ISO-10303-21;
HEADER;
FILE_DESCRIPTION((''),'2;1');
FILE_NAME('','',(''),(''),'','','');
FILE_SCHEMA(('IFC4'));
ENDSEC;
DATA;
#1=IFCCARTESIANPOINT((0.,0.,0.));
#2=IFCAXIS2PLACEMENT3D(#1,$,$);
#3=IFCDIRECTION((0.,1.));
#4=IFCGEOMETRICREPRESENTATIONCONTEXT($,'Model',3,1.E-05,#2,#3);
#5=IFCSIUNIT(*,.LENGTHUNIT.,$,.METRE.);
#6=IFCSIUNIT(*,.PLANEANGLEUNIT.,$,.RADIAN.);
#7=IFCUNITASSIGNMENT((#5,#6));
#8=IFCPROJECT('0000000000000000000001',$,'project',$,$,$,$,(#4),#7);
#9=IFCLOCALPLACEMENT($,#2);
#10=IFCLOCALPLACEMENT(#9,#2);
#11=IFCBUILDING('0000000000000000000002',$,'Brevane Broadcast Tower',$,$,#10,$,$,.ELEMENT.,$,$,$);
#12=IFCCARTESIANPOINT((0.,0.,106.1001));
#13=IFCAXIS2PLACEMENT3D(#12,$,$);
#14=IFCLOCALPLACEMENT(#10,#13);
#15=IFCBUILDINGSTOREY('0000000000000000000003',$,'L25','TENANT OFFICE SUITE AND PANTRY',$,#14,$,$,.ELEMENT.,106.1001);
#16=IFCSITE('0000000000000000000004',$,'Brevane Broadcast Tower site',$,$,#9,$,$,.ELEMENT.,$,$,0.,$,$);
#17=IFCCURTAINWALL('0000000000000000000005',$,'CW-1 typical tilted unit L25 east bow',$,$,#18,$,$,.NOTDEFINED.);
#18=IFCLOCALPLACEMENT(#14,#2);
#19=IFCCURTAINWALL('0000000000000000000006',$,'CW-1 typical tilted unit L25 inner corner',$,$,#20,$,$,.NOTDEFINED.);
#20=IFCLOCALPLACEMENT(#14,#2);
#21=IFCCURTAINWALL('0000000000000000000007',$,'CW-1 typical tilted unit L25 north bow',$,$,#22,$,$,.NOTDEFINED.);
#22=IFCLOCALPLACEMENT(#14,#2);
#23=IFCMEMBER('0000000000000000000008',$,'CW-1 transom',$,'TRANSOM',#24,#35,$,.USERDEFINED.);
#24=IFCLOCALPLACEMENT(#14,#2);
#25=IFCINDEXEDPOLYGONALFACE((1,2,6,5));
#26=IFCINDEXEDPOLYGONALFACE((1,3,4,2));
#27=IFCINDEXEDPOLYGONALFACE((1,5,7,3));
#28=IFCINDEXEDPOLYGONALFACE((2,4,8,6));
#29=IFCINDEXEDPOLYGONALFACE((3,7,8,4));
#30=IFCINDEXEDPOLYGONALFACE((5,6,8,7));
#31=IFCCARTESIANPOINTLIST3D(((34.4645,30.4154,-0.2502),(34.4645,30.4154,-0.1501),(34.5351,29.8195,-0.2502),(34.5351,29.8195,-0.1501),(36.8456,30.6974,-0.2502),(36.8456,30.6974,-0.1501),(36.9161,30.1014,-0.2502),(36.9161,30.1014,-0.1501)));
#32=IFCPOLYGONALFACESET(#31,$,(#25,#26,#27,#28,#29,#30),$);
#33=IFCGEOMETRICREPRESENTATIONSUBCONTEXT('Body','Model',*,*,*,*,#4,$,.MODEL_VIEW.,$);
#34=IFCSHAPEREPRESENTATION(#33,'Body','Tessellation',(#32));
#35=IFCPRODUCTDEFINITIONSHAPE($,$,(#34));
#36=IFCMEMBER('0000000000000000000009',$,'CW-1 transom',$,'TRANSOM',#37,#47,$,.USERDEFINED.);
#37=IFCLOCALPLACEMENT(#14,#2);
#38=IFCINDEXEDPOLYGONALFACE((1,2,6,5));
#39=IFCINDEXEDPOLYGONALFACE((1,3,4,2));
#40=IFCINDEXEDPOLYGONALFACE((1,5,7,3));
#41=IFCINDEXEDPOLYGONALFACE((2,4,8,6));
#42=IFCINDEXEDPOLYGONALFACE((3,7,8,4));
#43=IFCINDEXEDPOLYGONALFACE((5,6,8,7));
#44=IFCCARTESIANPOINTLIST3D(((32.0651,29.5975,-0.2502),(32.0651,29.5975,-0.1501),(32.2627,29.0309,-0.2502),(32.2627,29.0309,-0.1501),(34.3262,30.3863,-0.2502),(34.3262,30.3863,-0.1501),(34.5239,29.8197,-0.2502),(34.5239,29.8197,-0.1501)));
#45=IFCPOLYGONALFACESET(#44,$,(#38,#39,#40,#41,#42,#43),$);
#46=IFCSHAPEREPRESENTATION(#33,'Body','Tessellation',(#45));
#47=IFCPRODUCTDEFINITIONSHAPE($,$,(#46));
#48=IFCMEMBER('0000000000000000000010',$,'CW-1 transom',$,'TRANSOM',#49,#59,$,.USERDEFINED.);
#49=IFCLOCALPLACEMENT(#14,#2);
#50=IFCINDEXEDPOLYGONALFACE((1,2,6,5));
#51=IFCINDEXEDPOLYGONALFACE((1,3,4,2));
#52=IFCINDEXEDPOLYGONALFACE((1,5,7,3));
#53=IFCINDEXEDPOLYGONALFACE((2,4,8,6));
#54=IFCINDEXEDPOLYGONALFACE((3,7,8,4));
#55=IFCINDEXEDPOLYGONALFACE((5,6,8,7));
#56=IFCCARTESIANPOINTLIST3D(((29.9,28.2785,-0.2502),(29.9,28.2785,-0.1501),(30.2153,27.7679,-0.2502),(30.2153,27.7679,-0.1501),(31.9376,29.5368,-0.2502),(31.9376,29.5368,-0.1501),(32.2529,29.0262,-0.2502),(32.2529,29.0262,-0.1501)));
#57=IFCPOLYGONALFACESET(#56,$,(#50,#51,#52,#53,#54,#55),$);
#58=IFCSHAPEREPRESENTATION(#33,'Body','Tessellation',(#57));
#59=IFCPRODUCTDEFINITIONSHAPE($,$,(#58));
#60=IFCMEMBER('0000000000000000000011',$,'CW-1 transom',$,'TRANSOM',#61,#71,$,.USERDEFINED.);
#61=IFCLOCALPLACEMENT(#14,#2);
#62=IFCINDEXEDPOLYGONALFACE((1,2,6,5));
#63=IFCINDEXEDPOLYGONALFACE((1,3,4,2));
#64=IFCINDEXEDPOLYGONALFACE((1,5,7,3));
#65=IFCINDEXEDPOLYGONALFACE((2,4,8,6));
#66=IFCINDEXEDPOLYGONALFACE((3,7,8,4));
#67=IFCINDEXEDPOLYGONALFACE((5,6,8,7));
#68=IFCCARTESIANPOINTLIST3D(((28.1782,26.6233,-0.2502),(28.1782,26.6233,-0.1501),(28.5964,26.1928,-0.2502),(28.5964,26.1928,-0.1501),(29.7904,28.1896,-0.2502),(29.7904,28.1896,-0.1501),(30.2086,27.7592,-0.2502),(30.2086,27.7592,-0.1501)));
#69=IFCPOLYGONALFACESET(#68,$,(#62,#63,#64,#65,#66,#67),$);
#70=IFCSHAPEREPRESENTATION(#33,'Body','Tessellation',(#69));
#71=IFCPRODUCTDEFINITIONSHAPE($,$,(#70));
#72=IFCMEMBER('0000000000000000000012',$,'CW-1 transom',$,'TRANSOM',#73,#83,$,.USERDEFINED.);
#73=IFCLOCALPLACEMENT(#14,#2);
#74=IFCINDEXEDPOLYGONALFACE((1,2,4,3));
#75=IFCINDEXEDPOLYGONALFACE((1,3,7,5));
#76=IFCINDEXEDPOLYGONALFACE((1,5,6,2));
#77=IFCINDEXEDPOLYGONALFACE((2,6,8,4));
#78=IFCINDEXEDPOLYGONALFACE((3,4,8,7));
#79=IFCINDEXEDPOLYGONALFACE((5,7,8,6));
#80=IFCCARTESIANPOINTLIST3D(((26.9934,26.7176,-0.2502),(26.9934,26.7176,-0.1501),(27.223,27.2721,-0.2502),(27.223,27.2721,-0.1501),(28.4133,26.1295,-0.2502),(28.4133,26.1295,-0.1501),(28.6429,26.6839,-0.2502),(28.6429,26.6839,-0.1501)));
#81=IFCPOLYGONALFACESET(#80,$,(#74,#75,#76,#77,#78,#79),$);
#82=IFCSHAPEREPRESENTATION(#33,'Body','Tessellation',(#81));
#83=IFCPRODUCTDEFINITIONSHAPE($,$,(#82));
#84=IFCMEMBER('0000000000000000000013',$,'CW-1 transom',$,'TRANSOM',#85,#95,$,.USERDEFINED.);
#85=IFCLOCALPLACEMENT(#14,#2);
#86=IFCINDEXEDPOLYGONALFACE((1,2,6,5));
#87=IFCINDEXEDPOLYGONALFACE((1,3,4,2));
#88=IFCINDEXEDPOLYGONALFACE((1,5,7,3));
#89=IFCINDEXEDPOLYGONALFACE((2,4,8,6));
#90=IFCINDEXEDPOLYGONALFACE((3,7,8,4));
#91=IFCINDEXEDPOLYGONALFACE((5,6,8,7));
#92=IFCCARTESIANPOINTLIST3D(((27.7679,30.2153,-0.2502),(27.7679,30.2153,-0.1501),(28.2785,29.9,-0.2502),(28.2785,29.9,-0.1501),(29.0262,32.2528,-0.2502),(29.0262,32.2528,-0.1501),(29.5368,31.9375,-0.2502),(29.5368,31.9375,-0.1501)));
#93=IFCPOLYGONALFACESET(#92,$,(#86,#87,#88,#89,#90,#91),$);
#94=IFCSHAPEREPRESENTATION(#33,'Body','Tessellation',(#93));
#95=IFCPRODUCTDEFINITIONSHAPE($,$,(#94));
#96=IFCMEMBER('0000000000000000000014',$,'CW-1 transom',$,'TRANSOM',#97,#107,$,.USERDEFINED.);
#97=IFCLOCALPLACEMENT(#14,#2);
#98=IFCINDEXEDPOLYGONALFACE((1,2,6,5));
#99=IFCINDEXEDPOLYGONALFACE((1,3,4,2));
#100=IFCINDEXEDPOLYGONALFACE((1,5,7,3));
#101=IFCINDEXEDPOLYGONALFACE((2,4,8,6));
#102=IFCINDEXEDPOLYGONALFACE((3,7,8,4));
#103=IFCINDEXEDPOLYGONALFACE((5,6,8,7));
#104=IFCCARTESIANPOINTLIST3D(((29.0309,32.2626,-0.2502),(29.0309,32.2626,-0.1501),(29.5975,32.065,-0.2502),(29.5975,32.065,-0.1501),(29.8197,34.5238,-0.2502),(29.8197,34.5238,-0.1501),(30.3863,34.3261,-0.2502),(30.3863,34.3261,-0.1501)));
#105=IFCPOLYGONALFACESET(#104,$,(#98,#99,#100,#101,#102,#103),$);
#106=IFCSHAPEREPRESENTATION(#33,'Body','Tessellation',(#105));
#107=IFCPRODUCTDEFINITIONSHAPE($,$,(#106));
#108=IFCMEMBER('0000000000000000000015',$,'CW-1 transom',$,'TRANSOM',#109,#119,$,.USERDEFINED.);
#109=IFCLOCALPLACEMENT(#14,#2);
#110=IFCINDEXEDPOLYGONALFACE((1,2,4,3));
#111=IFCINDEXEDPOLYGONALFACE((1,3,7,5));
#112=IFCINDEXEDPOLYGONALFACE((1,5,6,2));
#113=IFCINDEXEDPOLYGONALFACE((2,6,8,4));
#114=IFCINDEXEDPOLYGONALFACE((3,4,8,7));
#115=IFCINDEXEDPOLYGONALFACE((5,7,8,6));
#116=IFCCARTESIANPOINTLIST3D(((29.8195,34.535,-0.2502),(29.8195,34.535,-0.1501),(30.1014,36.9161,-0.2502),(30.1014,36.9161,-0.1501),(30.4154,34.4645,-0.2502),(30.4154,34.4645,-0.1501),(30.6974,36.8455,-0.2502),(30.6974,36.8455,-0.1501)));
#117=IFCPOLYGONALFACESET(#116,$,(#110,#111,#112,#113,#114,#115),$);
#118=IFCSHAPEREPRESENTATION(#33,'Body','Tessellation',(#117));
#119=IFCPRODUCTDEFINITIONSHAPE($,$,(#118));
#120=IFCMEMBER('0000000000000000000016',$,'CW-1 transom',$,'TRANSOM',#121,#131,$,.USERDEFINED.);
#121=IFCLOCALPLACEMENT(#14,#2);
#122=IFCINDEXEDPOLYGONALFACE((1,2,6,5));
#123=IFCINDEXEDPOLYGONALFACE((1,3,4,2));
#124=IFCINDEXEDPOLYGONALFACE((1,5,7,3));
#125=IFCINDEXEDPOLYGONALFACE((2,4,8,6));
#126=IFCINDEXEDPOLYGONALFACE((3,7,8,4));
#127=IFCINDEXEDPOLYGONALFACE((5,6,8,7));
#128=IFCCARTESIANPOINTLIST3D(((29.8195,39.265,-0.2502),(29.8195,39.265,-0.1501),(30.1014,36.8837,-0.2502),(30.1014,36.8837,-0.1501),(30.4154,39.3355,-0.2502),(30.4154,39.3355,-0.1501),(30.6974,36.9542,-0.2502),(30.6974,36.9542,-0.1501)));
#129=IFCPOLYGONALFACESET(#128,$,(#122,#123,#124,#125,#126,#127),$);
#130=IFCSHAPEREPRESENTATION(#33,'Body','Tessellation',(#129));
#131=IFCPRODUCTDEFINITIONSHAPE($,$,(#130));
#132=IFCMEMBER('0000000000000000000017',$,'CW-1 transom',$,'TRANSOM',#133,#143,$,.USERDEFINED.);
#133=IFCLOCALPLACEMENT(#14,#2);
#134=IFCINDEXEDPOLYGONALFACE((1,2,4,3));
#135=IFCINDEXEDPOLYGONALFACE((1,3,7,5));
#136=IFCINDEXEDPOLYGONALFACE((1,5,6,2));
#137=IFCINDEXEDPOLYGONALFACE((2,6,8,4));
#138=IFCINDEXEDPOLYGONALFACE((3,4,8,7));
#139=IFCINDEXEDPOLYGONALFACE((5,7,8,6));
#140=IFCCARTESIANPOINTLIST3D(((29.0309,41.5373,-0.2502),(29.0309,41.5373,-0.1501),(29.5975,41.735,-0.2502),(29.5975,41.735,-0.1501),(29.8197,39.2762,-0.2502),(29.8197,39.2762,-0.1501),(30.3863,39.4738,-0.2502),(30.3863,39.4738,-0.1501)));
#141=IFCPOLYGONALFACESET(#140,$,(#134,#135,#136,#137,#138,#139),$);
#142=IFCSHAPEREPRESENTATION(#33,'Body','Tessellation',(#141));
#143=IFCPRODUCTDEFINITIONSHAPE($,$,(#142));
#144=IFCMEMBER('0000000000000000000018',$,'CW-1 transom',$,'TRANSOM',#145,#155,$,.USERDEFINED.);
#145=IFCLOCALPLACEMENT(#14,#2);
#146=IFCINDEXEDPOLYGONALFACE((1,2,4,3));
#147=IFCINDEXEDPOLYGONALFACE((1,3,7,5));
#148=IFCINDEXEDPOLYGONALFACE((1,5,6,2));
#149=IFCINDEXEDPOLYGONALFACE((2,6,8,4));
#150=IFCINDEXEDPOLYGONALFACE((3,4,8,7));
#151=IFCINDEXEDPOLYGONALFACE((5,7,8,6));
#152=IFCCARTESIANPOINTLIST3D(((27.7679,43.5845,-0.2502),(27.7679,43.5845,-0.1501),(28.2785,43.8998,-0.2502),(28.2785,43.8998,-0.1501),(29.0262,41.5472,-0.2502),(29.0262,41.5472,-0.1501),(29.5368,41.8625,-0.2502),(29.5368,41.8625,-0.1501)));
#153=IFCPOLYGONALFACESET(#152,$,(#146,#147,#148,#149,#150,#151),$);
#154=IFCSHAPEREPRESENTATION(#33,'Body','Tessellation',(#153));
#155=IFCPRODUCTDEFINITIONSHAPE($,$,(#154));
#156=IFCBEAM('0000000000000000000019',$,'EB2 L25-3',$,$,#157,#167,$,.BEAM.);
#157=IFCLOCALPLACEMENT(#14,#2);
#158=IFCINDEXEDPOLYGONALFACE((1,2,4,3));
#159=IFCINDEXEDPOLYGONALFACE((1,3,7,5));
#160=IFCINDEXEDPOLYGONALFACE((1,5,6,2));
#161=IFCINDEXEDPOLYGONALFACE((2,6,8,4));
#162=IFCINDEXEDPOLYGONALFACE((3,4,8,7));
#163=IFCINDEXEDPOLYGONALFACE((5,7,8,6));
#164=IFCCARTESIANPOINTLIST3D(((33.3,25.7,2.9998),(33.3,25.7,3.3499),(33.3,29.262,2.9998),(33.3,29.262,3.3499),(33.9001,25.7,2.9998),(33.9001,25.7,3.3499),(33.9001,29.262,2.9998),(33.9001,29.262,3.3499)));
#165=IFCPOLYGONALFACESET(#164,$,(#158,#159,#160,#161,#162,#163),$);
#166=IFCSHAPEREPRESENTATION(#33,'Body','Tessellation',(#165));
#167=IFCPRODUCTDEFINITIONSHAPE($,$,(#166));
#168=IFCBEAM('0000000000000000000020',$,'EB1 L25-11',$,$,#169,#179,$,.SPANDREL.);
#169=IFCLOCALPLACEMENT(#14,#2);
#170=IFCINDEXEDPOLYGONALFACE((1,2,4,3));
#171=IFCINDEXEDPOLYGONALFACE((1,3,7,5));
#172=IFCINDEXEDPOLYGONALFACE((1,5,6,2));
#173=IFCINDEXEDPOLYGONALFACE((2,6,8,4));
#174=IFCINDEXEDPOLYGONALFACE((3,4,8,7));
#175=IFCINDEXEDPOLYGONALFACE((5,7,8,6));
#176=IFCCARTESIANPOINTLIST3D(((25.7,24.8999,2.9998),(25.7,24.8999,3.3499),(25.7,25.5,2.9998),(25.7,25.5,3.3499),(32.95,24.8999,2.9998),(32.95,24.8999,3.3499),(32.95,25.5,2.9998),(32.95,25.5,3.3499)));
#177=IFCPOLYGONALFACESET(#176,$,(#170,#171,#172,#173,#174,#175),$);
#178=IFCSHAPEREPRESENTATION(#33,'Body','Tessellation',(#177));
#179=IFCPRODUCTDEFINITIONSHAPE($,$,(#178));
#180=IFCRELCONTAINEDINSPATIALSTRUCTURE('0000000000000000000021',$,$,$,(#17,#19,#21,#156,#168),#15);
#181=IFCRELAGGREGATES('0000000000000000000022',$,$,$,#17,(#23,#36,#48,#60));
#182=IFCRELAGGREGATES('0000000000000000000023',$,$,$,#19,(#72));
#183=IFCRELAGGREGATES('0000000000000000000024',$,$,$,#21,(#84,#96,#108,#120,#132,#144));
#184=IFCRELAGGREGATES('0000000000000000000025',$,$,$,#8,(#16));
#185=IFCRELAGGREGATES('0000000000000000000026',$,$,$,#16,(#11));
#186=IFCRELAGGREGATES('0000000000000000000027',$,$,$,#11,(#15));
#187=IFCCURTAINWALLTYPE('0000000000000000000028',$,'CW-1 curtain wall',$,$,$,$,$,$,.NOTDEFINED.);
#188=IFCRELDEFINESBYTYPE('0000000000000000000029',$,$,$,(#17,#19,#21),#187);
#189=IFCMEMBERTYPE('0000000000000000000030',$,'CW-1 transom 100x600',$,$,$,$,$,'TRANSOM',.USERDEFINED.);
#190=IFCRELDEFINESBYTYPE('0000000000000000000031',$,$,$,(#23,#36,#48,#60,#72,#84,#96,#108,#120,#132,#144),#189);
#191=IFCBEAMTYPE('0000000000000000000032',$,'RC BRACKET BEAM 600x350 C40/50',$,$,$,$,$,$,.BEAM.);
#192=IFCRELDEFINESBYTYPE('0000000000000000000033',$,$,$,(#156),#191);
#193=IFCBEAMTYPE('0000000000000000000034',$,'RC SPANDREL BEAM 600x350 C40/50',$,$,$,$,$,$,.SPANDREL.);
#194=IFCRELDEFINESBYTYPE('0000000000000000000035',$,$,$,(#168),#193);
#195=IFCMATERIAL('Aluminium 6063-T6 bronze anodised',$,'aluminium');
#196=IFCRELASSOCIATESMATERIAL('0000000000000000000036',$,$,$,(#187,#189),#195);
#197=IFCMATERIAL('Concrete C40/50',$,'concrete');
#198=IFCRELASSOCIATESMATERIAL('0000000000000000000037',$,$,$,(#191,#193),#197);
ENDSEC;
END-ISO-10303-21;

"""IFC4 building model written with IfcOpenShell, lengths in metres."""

from ifc_helpers import new_model, si_unit, direction, frame, origin, origin_2d, place, context, subcontext, project, spatial, rectangle, extrude, material, material_profile, profile_set, type_object, element, aggregate, save


model = new_model("IFC4")

# Units and contexts
model_context = context("Model", 3, precision=1e-05, world=origin(), true_north=direction((0.0, 1.0)))
body_context = subcontext(model_context, "Body", "Model", "MODEL_VIEW")
ifc_project = project(units=[si_unit("LENGTHUNIT", "METRE"), si_unit("PLANEANGLEUNIT", "RADIAN")], contexts=[model_context])

# Site, building, storey
site_placement = place(None, origin())
site = spatial("IfcSite", under=ifc_project, at=site_placement, Name="Brevane Broadcast Tower site", CompositionType="ELEMENT", RefElevation=0.0)
building_placement = place(site_placement, origin())
building = spatial("IfcBuilding", under=site, at=building_placement, Name="Brevane Broadcast Tower", CompositionType="ELEMENT")
storey_placement = place(building_placement, frame((0.0, 0.0, 106.1001)))
storey = spatial("IfcBuildingStorey", under=building, at=storey_placement, Name="L25", Description="TENANT OFFICE SUITE AND PANTRY", CompositionType="ELEMENT", Elevation=106.1001)

# Curtain wall
ifc_material_1 = material(Name="Aluminium 6063-T6 bronze anodised", Category="aluminium")
curtain_wall_type = type_object("IfcCurtainWallType", Name="CW-1 curtain wall", PredefinedType="NOTDEFINED", material=ifc_material_1)
curtain_wall_1_placement = place(storey_placement, origin())
curtain_wall_1 = element("IfcCurtainWall", 1, at=curtain_wall_1_placement, inside=storey, type_object=curtain_wall_type, Name="CW-1 typical tilted unit L25 east bow", PredefinedType="NOTDEFINED")

# Curtain wall
curtain_wall_2_placement = place(storey_placement, origin())
curtain_wall_2 = element("IfcCurtainWall", 2, at=curtain_wall_2_placement, inside=storey, type_object=curtain_wall_type, Name="CW-1 typical tilted unit L25 inner corner", PredefinedType="NOTDEFINED")

# Curtain wall
curtain_wall_3_placement = place(storey_placement, origin())
curtain_wall_3 = element("IfcCurtainWall", 3, at=curtain_wall_3_placement, inside=storey, type_object=curtain_wall_type, Name="CW-1 typical tilted unit L25 north bow", PredefinedType="NOTDEFINED")

# Members
ifc_material_profile_1 = material_profile(ifc_material_1, rectangle(XDim=0.6001, YDim=0.1001, at=origin_2d()), Name="RECT 100x600")
ifc_profile_set_1 = profile_set([ifc_material_profile_1], Name="Aluminium 6063-T6 bronze anodised")
member_type_1 = type_object("IfcMemberType", Name="CW-1 transom 100x600", ElementType="TRANSOM", PredefinedType="USERDEFINED", material=ifc_profile_set_1)
member_1_placement = place(storey_placement, frame((36.8809, 30.3994, -0.2002), z_axis=(-0.993061, -0.117603, 0.0), x_axis=(0.117603, -0.993061, 0.0)))
member_1 = element("IfcMember", 4, at=member_1_placement, type_object=member_type_1, Name="CW-1 transom", ObjectType="TRANSOM", PredefinedType="USERDEFINED", context=body_context, shape_type="SweptSolid", body=[
    extrude(rectangle(XDim=0.6001, YDim=0.1001, at=origin_2d()), origin(), (0.0, 0.0, 1.0), 2.3977),
])
member_2_placement = place(storey_placement, frame((34.425, 30.103, -0.2002), z_axis=(-0.944198, -0.329378, 0.0), x_axis=(0.329378, -0.944198, 0.0)))
member_2 = element("IfcMember", 5, at=member_2_placement, type_object=member_type_1, Name="CW-1 transom", ObjectType="TRANSOM", PredefinedType="USERDEFINED", context=body_context, shape_type="SweptSolid", body=[
    extrude(rectangle(XDim=0.6001, YDim=0.1001, at=origin_2d()), origin(), (0.0, 0.0, 1.0), 2.3948),
])
member_3_placement = place(storey_placement, frame((32.0952, 29.2815, -0.2002), z_axis=(-0.850838, -0.525428, 0.0), x_axis=(0.525428, -0.850838, 0.0)))
member_3 = element("IfcMember", 6, at=member_3_placement, type_object=member_type_1, Name="CW-1 transom", ObjectType="TRANSOM", PredefinedType="USERDEFINED", context=body_context, shape_type="SweptSolid", body=[
    extrude(rectangle(XDim=0.6001, YDim=0.1001, at=origin_2d()), origin(), (0.0, 0.0, 1.0), 2.3948),
])
member_4_placement = place(storey_placement, frame((29.9995, 27.9744, -0.2002), z_axis=(-0.717242, -0.696824, 0.0), x_axis=(0.696824, -0.717242, 0.0)))
member_4 = element("IfcMember", 7, at=member_4_placement, type_object=member_type_1, Name="CW-1 transom", ObjectType="TRANSOM", PredefinedType="USERDEFINED", context=body_context, shape_type="SweptSolid", body=[
    extrude(rectangle(XDim=0.6001, YDim=0.1001, at=origin_2d()), origin(), (0.0, 0.0, 1.0), 2.2478),
])
aggregate(curtain_wall_1, [member_1, member_2, member_3, member_4])
member_5_placement = place(storey_placement, frame((28.5281, 26.4067, -0.2002), z_axis=(-0.923883, 0.382674, 0.0), x_axis=(-0.382674, -0.923883, 0.0)))
member_5 = element("IfcMember", 8, at=member_5_placement, type_object=member_type_1, Name="CW-1 transom", ObjectType="TRANSOM", PredefinedType="USERDEFINED", context=body_context, shape_type="SweptSolid", body=[
    extrude(rectangle(XDim=0.6001, YDim=0.1001, at=origin_2d()), origin(), (0.0, 0.0, 1.0), 1.5369),
])
aggregate(curtain_wall_2, [member_5])
member_6_placement = place(storey_placement, frame((28.0232, 30.0576, -0.2002), z_axis=(0.525428, 0.850838, 0.0), x_axis=(-0.850838, 0.525428, 0.0)))
member_6 = element("IfcMember", 9, at=member_6_placement, type_object=member_type_1, Name="CW-1 transom", ObjectType="TRANSOM", PredefinedType="USERDEFINED", context=body_context, shape_type="SweptSolid", body=[
    extrude(rectangle(XDim=0.6001, YDim=0.1001, at=origin_2d()), origin(), (0.0, 0.0, 1.0), 2.3948),
])
member_7_placement = place(storey_placement, frame((29.3142, 32.1638, -0.2002), z_axis=(0.329378, 0.944198, 0.0), x_axis=(-0.944198, 0.329378, 0.0)))
member_7 = element("IfcMember", 10, at=member_7_placement, type_object=member_type_1, Name="CW-1 transom", ObjectType="TRANSOM", PredefinedType="USERDEFINED", context=body_context, shape_type="SweptSolid", body=[
    extrude(rectangle(XDim=0.6001, YDim=0.1001, at=origin_2d()), origin(), (0.0, 0.0, 1.0), 2.3948),
])
member_8_placement = place(storey_placement, frame((30.1174, 34.4998, -0.2002), z_axis=(0.117603, 0.993061, 0.0), x_axis=(-0.993061, 0.117603, 0.0)))
member_8 = element("IfcMember", 11, at=member_8_placement, type_object=member_type_1, Name="CW-1 transom", ObjectType="TRANSOM", PredefinedType="USERDEFINED", context=body_context, shape_type="SweptSolid", body=[
    extrude(rectangle(XDim=0.6001, YDim=0.1001, at=origin_2d()), origin(), (0.0, 0.0, 1.0), 2.3977),
])
member_9_placement = place(storey_placement, frame((30.3994, 36.9189, -0.2002), z_axis=(-0.117591, 0.993062, 0.0), x_axis=(-0.993062, -0.117591, 0.0)))
member_9 = element("IfcMember", 12, at=member_9_placement, type_object=member_type_1, Name="CW-1 transom", ObjectType="TRANSOM", PredefinedType="USERDEFINED", context=body_context, shape_type="SweptSolid", body=[
    extrude(rectangle(XDim=0.6001, YDim=0.1001, at=origin_2d()), origin(), (0.0, 0.0, 1.0), 2.3979),
])
member_10_placement = place(storey_placement, frame((30.103, 39.375, -0.2002), z_axis=(-0.329378, 0.944198, 0.0), x_axis=(-0.944198, -0.329378, 0.0)))
member_10 = element("IfcMember", 13, at=member_10_placement, type_object=member_type_1, Name="CW-1 transom", ObjectType="TRANSOM", PredefinedType="USERDEFINED", context=body_context, shape_type="SweptSolid", body=[
    extrude(rectangle(XDim=0.6001, YDim=0.1001, at=origin_2d()), origin(), (0.0, 0.0, 1.0), 2.3948),
])
member_11_placement = place(storey_placement, frame((29.2815, 41.7048, -0.2002), z_axis=(-0.525473, 0.85081, 0.0), x_axis=(-0.85081, -0.525473, 0.0)))
member_11 = element("IfcMember", 14, at=member_11_placement, type_object=member_type_1, Name="CW-1 transom", ObjectType="TRANSOM", PredefinedType="USERDEFINED", context=body_context, shape_type="SweptSolid", body=[
    extrude(rectangle(XDim=0.6001, YDim=0.1001, at=origin_2d()), origin(), (0.0, 0.0, 1.0), 2.3945),
])
aggregate(curtain_wall_3, [member_6, member_7, member_8, member_9, member_10, member_11])

# Beams
ifc_material_2 = material(Name="Concrete C40/50", Category="concrete")
ifc_material_profile_2 = material_profile(ifc_material_2, rectangle(XDim=0.6001, YDim=0.3501, at=origin_2d()), Name="RC 600x350")
ifc_profile_set_2 = profile_set([ifc_material_profile_2], Name="Concrete C40/50")
beam_type_1 = type_object("IfcBeamType", Name="RC BRACKET BEAM 600x350 C40/50", PredefinedType="BEAM", material=ifc_profile_set_2)
beam_1_placement = place(storey_placement, frame((33.6001, 25.7, 3.1748), z_axis=(0.0, 1.0, 0.0), x_axis=(-1.0, 0.0, 0.0)))
element("IfcBeam", 15, at=beam_1_placement, inside=storey, type_object=beam_type_1, Name="EB2 L25-3", PredefinedType="BEAM", context=body_context, shape_type="SweptSolid", body=[
    extrude(rectangle(XDim=0.6001, YDim=0.3501, at=origin_2d()), origin(), (0.0, 0.0, 1.0), 3.562),
])
ifc_material_profile_3 = material_profile(ifc_material_2, rectangle(XDim=0.6001, YDim=0.3501, at=origin_2d()), Name="RC 600x350")
ifc_profile_set_3 = profile_set([ifc_material_profile_3], Name="Concrete C40/50")
beam_type_2 = type_object("IfcBeamType", Name="RC SPANDREL BEAM 600x350 C40/50", PredefinedType="SPANDREL", material=ifc_profile_set_3)
beam_2_placement = place(storey_placement, frame((32.95, 25.2, 3.1748), z_axis=(-1.0, 0.0, 0.0), x_axis=(0.0, -1.0, 0.0)))
element("IfcBeam", 16, at=beam_2_placement, inside=storey, type_object=beam_type_2, Name="EB1 L25-11", PredefinedType="SPANDREL", context=body_context, shape_type="SweptSolid", body=[
    extrude(rectangle(XDim=0.6001, YDim=0.3501, at=origin_2d()), origin(), (0.0, 0.0, 1.0), 7.25),
])

save(model, "model.ifc")
